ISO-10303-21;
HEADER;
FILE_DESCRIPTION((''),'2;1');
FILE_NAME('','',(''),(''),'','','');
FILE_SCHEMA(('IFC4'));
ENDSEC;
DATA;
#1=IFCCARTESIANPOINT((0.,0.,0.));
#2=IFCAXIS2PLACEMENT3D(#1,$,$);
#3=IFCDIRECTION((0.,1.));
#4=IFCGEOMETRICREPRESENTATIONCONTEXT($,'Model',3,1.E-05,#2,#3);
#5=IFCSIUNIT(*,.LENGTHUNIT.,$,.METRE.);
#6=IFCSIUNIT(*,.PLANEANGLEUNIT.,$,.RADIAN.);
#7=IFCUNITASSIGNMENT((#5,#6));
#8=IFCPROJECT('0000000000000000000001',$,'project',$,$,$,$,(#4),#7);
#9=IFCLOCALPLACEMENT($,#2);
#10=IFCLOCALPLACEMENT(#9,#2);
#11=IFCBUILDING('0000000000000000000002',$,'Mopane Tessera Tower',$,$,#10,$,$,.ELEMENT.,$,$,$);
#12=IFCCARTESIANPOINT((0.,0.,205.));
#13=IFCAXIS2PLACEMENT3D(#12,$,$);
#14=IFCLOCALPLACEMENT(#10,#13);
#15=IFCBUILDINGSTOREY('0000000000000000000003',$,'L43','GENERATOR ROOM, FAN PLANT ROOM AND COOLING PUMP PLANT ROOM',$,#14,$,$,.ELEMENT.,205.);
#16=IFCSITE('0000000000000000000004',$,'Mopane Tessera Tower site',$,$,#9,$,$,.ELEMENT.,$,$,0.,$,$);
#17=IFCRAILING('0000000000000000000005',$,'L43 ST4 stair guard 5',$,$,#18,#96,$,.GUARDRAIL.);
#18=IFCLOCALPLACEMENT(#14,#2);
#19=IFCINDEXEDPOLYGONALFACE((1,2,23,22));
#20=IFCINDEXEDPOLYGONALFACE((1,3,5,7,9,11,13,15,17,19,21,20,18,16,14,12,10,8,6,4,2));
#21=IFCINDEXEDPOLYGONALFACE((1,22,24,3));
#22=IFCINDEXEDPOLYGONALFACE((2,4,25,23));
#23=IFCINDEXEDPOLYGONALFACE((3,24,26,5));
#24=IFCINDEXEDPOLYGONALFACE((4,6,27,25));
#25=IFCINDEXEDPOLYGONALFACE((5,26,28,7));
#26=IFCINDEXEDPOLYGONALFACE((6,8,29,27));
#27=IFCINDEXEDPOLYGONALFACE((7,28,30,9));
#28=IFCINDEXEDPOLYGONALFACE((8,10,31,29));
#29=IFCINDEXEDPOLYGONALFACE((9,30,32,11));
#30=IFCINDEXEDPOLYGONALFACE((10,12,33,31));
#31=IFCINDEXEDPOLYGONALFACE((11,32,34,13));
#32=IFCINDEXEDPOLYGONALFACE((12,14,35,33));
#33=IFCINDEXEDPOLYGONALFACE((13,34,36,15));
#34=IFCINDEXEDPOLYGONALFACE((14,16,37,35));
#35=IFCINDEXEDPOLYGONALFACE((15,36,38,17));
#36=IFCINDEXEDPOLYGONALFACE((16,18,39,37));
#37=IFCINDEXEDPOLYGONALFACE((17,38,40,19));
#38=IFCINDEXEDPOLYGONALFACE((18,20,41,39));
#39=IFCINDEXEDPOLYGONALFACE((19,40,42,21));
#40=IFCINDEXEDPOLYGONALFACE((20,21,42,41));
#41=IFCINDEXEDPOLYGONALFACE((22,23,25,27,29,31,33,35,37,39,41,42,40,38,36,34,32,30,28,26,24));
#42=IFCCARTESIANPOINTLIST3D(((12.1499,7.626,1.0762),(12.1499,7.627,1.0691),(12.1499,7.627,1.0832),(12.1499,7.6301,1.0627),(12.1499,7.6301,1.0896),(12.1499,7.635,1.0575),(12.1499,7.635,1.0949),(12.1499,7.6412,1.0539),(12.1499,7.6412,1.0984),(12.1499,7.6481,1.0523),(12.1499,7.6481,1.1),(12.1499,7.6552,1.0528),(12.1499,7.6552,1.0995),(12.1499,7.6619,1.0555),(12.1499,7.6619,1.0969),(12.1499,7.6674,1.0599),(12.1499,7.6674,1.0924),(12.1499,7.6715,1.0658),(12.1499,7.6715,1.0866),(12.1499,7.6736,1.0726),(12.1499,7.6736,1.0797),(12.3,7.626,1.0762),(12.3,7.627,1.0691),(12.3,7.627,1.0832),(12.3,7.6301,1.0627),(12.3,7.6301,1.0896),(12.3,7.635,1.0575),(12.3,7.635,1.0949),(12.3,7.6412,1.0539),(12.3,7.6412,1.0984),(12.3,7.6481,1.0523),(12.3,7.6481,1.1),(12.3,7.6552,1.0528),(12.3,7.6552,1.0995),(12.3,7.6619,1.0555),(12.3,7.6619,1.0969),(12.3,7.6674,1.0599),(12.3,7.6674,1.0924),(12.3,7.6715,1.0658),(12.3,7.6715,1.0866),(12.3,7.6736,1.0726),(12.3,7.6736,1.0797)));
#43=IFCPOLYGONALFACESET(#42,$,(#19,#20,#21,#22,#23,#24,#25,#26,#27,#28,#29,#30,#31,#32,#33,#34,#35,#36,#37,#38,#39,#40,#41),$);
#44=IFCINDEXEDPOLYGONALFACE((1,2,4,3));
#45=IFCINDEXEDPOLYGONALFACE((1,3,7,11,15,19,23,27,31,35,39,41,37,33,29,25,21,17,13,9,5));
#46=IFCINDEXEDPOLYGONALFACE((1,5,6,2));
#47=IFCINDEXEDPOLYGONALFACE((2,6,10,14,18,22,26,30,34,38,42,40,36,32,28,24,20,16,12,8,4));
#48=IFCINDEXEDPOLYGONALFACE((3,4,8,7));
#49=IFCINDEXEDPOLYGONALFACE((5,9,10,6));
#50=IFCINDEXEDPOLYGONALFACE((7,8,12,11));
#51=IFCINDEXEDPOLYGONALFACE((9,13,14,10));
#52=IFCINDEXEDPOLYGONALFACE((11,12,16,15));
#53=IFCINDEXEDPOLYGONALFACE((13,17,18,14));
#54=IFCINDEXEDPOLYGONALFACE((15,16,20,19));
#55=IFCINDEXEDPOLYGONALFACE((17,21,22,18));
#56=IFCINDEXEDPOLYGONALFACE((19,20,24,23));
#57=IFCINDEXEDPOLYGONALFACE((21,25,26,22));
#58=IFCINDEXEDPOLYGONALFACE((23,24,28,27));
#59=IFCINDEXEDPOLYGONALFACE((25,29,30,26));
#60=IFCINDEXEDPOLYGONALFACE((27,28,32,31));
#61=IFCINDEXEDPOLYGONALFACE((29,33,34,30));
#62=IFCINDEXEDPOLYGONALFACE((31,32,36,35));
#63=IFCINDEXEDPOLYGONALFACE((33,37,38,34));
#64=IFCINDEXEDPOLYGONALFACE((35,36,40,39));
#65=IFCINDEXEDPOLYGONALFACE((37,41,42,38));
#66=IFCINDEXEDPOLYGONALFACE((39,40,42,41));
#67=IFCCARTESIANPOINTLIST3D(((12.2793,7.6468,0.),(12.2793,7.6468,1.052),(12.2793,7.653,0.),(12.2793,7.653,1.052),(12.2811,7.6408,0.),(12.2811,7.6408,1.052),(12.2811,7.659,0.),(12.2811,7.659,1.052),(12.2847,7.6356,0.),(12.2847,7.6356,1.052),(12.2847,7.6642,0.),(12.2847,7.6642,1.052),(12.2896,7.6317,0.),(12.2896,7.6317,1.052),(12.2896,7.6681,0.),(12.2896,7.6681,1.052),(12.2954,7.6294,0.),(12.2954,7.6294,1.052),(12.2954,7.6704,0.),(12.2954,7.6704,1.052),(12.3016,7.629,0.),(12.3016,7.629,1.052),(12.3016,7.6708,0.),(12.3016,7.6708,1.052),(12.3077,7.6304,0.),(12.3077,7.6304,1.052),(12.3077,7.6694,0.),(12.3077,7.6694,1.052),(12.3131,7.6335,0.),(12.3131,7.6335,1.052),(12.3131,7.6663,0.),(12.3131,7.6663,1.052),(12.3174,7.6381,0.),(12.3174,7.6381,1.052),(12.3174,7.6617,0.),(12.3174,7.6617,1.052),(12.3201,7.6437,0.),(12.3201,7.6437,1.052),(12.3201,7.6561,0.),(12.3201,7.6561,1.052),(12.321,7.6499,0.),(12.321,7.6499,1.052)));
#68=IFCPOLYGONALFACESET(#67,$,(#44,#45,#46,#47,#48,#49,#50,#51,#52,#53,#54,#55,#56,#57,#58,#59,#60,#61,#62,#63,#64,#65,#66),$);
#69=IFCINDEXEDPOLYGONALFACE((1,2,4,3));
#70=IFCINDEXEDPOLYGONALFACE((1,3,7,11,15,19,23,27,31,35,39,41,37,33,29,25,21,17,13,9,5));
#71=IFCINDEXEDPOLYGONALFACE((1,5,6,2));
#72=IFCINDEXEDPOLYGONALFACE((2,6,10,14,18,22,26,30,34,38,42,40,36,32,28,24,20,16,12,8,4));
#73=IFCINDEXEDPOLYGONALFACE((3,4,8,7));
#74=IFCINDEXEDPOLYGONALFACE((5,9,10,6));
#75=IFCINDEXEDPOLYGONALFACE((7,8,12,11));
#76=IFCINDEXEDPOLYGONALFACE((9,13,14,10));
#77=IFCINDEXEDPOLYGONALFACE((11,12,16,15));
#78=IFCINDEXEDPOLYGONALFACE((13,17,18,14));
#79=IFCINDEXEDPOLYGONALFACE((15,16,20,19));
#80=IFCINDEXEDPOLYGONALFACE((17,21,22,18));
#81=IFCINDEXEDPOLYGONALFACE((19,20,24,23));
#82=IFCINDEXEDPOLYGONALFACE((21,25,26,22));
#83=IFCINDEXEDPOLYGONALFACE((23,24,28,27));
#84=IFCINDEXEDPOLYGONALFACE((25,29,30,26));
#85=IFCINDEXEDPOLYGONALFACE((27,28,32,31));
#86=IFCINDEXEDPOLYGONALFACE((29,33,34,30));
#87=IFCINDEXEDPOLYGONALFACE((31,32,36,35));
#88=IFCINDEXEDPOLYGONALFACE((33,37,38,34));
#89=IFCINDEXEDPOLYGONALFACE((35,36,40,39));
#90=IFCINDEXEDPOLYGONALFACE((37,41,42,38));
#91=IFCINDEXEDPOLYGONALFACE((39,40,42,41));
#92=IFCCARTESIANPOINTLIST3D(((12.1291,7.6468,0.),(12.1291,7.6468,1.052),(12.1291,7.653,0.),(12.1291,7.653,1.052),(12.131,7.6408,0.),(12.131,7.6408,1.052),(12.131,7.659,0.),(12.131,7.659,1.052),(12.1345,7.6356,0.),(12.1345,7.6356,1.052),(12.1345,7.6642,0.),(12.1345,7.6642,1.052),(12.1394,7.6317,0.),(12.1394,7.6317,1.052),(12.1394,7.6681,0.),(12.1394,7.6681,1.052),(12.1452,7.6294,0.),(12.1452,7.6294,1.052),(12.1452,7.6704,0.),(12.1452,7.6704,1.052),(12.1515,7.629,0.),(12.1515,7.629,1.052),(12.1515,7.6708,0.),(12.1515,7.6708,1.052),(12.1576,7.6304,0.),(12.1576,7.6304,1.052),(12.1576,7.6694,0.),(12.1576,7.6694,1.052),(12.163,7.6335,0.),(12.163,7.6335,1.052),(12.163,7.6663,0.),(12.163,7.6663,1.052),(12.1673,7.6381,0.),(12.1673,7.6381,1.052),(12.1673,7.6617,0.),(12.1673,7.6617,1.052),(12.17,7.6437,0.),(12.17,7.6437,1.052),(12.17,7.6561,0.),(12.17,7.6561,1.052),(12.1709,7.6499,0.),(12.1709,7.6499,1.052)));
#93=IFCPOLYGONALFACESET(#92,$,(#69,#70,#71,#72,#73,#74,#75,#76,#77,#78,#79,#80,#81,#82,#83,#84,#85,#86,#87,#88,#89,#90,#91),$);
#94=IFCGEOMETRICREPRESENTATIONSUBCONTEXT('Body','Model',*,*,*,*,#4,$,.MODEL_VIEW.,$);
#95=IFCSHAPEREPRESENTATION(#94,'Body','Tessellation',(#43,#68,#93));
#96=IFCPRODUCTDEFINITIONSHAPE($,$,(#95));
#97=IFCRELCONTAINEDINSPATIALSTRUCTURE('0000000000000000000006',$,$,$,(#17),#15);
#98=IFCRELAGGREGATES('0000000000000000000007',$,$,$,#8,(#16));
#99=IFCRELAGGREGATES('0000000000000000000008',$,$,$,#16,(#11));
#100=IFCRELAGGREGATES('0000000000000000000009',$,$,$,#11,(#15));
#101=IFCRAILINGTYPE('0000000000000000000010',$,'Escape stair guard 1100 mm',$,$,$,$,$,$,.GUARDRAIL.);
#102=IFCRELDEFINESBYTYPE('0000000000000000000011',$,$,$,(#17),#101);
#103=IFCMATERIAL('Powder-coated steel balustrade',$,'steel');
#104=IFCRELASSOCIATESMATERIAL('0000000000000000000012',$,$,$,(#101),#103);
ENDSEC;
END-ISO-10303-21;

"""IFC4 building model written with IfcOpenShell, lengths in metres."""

from ifc_helpers import new_model, si_unit, direction, frame, origin, origin_2d, place, context, subcontext, project, spatial, circle, extrude, material, type_object, element, save


model = new_model("IFC4")

# Units and contexts
model_context = context("Model", 3, precision=1e-05, world=origin(), true_north=direction((0.0, 1.0)))
body_context = subcontext(model_context, "Body", "Model", "MODEL_VIEW")
ifc_project = project(units=[si_unit("LENGTHUNIT", "METRE"), si_unit("PLANEANGLEUNIT", "RADIAN")], contexts=[model_context])

# Site, building, storey
site_placement = place(None, origin())
site = spatial("IfcSite", under=ifc_project, at=site_placement, Name="Mopane Tessera Tower site", CompositionType="ELEMENT", RefElevation=0.0)
building_placement = place(site_placement, origin())
building = spatial("IfcBuilding", under=site, at=building_placement, Name="Mopane Tessera Tower", CompositionType="ELEMENT")
storey_placement = place(building_placement, frame((0.0, 0.0, 205.0)))
storey = spatial("IfcBuildingStorey", under=building, at=storey_placement, Name="L43", Description="GENERATOR ROOM, FAN PLANT ROOM AND COOLING PUMP PLANT ROOM", CompositionType="ELEMENT", Elevation=205.0)

# Railing
ifc_material_1 = material(Name="Powder-coated steel balustrade", Category="steel")
railing_type_1 = type_object("IfcRailingType", Name="Escape stair guard 1100 mm", PredefinedType="GUARDRAIL", material=ifc_material_1)
railing_1_placement = place(storey_placement, frame((12.3, 7.6499, 0.0)))
element("IfcRailing", 1, at=railing_1_placement, inside=storey, type_object=railing_type_1, Name="L43 ST4 stair guard 5", PredefinedType="GUARDRAIL", context=body_context, shape_type="SweptSolid", body=[
    extrude(circle(Radius=0.0239, at=origin_2d()), frame((0.0, 0.0, 1.0762), z_axis=(-1.0, 0.0, 0.0), x_axis=(0.0, -1.0, 0.0)), (0.0, 0.0, 1.0), 0.1501),
    extrude(circle(Radius=0.021, at=origin_2d()), origin(), (0.0, 0.0, 1.0), 1.052),
    extrude(circle(Radius=0.021, at=origin_2d()), frame((-0.1501, 0.0, 0.0)), (0.0, 0.0, 1.0), 1.052),
])

save(model, "model.ifc")
